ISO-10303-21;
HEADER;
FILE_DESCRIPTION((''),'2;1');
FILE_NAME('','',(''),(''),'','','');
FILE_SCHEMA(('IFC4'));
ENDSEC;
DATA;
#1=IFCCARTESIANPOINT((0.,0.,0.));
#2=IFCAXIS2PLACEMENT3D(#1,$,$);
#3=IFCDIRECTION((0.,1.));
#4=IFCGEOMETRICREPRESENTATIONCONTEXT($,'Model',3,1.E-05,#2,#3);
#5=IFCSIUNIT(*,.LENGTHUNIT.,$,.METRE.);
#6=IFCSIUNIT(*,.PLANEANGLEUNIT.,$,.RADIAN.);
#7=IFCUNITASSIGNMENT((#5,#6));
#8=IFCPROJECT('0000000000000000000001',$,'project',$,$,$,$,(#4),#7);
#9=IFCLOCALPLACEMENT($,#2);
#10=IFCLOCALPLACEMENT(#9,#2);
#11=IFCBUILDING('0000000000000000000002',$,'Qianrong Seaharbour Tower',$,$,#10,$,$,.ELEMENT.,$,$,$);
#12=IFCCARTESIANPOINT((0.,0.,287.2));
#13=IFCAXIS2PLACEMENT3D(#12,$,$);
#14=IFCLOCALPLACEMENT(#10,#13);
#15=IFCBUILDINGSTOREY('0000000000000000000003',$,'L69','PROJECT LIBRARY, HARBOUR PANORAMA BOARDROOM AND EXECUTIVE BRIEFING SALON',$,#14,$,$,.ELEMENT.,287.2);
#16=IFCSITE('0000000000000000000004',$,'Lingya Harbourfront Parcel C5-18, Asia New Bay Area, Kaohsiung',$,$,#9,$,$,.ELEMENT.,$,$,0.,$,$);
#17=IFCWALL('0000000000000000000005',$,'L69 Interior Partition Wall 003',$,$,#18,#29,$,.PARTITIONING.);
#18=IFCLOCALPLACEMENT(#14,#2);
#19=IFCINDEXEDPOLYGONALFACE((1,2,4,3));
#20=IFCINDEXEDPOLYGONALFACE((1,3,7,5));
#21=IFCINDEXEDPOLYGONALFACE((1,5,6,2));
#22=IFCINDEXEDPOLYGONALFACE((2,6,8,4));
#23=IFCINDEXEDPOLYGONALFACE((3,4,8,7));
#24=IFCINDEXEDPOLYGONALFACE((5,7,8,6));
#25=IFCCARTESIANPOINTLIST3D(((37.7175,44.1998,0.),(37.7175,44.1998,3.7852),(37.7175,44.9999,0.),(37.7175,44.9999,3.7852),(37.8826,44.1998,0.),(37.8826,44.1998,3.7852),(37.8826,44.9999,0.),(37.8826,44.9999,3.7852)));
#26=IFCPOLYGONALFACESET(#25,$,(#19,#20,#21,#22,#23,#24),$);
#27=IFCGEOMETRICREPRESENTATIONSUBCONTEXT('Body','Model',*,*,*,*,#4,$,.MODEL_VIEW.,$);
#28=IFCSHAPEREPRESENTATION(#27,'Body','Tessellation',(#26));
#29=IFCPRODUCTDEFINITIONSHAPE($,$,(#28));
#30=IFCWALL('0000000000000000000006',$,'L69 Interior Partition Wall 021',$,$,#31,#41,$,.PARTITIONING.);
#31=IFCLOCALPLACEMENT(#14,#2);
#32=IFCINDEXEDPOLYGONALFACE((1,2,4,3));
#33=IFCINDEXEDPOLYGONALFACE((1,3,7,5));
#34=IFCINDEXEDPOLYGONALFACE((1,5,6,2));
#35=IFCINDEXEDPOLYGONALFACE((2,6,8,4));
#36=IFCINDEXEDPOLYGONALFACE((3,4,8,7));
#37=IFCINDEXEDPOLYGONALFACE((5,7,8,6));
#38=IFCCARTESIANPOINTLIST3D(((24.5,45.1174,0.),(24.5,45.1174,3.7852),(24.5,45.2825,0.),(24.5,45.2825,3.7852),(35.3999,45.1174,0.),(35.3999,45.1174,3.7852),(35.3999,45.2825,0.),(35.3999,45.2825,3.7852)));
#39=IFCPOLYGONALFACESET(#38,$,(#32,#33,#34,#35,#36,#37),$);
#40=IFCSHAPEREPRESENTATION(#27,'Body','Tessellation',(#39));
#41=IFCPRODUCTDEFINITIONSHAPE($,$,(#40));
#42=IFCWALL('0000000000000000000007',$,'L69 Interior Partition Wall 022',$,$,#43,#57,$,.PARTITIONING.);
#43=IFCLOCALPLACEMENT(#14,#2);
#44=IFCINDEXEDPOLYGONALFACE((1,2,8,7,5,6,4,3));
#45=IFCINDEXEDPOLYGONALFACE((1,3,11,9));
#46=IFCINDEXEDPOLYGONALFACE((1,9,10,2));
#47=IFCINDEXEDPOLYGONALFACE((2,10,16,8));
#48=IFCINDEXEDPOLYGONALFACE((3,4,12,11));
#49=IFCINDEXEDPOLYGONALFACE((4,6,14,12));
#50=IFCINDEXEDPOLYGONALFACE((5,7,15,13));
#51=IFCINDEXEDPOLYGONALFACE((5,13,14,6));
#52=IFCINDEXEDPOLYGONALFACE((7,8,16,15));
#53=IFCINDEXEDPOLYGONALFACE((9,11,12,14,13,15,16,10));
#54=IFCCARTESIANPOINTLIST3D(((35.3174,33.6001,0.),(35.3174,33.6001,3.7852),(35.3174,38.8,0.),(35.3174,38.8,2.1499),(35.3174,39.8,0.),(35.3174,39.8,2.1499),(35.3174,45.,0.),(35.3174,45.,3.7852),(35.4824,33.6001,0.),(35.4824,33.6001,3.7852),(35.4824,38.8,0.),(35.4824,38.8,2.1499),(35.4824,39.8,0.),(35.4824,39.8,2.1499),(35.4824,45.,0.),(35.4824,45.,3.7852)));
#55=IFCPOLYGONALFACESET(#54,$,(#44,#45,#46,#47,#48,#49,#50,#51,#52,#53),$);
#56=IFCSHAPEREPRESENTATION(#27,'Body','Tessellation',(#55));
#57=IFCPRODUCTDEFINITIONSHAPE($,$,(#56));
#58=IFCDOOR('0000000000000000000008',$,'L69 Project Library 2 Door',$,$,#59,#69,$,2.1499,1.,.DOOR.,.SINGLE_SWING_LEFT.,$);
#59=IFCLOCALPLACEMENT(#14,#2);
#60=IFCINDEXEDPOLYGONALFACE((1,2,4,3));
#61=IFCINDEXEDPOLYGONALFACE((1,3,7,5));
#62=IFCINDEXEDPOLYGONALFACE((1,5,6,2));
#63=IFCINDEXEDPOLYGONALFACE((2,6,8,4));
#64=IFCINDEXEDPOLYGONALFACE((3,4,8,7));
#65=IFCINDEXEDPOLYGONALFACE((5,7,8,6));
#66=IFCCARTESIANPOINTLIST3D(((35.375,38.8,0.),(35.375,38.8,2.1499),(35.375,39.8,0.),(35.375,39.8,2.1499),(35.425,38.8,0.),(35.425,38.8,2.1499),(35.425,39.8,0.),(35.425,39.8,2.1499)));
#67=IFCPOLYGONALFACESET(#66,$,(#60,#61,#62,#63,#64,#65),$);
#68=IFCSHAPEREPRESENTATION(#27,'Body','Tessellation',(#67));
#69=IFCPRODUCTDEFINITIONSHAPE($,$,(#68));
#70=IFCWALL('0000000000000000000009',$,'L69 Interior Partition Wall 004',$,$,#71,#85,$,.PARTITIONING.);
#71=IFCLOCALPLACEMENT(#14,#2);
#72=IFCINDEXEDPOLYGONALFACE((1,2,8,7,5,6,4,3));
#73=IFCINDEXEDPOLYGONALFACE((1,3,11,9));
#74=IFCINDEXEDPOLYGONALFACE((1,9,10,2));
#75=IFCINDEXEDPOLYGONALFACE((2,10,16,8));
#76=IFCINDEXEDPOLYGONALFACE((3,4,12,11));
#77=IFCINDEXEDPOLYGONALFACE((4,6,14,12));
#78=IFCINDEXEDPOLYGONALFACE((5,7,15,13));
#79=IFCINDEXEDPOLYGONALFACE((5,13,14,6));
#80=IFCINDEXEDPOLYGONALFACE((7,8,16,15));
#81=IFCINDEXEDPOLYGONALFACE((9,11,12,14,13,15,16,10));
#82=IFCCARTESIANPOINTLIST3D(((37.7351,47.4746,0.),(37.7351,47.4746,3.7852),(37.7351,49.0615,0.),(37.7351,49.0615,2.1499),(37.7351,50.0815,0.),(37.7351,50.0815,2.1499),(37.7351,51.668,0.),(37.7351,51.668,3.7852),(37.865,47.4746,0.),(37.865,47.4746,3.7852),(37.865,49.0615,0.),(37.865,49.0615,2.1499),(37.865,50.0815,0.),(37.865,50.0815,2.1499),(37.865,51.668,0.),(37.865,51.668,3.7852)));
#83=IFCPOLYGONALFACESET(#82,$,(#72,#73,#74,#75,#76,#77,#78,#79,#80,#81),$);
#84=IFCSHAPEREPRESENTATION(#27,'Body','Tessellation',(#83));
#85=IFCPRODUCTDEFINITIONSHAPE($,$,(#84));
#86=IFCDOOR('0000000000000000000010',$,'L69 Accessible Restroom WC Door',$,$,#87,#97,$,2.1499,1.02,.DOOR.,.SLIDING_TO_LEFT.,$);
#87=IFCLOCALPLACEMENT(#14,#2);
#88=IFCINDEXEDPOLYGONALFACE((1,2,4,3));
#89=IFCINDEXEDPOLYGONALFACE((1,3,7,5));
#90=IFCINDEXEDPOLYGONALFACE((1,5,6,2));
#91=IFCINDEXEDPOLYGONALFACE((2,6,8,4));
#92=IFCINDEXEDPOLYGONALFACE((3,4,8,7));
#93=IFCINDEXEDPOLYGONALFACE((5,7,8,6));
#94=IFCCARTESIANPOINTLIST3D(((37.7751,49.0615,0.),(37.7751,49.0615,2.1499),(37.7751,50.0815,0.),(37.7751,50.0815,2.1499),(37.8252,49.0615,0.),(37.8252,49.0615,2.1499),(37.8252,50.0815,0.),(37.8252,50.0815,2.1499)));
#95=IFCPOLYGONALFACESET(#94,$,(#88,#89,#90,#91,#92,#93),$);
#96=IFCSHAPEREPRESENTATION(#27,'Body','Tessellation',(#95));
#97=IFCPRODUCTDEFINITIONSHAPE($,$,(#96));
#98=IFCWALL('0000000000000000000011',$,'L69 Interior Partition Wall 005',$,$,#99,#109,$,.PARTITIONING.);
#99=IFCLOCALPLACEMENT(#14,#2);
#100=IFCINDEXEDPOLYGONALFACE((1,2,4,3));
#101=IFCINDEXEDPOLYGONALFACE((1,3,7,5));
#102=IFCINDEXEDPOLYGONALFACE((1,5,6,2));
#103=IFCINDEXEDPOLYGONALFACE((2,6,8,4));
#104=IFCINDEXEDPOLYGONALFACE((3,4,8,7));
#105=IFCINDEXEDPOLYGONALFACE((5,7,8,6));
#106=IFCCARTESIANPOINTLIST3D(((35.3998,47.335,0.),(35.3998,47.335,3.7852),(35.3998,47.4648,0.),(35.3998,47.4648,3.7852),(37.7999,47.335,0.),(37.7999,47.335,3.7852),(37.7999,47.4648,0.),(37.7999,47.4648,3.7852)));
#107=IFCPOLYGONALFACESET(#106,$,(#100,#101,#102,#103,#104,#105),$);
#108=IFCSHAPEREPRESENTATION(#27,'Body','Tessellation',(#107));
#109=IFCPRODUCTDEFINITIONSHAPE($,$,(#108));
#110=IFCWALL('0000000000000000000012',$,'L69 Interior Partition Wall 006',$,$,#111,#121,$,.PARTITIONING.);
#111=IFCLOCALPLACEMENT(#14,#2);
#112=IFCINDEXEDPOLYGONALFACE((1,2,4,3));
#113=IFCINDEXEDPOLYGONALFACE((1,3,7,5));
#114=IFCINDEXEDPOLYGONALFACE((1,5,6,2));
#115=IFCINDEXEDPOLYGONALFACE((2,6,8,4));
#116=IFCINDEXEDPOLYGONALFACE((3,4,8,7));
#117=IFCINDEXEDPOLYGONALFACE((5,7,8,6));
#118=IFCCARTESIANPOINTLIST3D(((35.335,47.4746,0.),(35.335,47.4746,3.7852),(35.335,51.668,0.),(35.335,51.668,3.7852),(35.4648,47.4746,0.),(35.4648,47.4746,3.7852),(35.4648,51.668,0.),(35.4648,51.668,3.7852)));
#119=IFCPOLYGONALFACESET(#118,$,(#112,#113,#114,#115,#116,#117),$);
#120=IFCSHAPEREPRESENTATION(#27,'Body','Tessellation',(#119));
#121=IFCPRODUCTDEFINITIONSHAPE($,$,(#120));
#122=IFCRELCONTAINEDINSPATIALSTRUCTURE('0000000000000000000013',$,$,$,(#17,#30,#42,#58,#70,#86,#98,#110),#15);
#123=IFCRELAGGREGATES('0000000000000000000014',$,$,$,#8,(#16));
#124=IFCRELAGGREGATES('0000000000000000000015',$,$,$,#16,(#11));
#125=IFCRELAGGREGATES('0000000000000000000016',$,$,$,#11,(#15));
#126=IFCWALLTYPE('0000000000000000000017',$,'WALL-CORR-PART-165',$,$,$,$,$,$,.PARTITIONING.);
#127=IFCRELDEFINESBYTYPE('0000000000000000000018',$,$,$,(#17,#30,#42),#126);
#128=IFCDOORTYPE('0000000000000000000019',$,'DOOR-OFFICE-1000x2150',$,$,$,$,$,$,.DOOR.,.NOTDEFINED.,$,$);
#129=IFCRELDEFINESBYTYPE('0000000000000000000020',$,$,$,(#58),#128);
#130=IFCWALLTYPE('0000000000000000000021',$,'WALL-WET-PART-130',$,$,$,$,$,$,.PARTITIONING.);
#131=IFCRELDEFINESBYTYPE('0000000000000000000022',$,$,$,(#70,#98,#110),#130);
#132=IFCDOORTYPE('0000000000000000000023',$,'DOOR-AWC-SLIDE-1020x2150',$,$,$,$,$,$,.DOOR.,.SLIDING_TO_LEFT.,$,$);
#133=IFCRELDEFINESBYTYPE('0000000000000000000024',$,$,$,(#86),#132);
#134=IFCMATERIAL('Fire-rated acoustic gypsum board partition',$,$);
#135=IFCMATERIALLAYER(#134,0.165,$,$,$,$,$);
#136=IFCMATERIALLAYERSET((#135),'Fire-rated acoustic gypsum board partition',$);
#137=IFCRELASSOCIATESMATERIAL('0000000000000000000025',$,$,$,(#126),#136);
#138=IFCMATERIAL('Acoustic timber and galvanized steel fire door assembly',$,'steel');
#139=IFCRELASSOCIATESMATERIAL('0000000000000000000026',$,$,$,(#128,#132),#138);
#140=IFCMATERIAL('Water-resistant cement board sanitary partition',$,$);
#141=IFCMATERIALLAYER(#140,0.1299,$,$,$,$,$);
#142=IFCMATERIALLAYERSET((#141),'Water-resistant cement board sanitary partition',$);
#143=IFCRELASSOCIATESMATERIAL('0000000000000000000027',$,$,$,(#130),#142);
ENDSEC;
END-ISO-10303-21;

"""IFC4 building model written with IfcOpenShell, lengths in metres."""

from ifc_helpers import new_model, si_unit, direction, frame, frame_2d, origin, place, context, subcontext, project, spatial, rectangle, extrude, material, layer, layer_set, type_object, element, fill, save


model = new_model("IFC4")

# Units and contexts
model_context = context("Model", 3, precision=1e-05, world=origin(), true_north=direction((0.0, 1.0)))
body_context = subcontext(model_context, "Body", "Model", "MODEL_VIEW")
ifc_project = project(units=[si_unit("LENGTHUNIT", "METRE"), si_unit("PLANEANGLEUNIT", "RADIAN")], contexts=[model_context])

# Site, building, storey
site_placement = place(None, origin())
site = spatial("IfcSite", under=ifc_project, at=site_placement, Name="Lingya Harbourfront Parcel C5-18, Asia New Bay Area, Kaohsiung", CompositionType="ELEMENT", RefElevation=0.0)
building_placement = place(site_placement, origin())
building = spatial("IfcBuilding", under=site, at=building_placement, Name="Qianrong Seaharbour Tower", CompositionType="ELEMENT")
storey_placement = place(building_placement, frame((0.0, 0.0, 287.2)))
storey = spatial("IfcBuildingStorey", under=building, at=storey_placement, Name="L69", Description="PROJECT LIBRARY, HARBOUR PANORAMA BOARDROOM AND EXECUTIVE BRIEFING SALON", CompositionType="ELEMENT", Elevation=287.2)

# Shared definitions
ifc_material_1 = material(Name="Fire-rated acoustic gypsum board partition")
ifc_layer_1 = layer(ifc_material_1, 0.165)
ifc_layer_set_1 = layer_set([ifc_layer_1], Name="Fire-rated acoustic gypsum board partition")
wall_type_1 = type_object("IfcWallType", Name="WALL-CORR-PART-165", PredefinedType="PARTITIONING", material=ifc_layer_set_1)
ifc_material_2 = material(Name="Acoustic timber and galvanized steel fire door assembly", Category="steel")

# Walls
wall_1_placement = place(storey_placement, frame((37.8, 44.2, 0.0), z_axis=(0.0, 0.0, 1.0), x_axis=(0.0, 1.0, 0.0)))
element("IfcWall", 1, at=wall_1_placement, inside=storey, type_object=wall_type_1, Name="L69 Interior Partition Wall 003", PredefinedType="PARTITIONING", context=body_context, shape_type="SweptSolid", body=[
    extrude(rectangle(XDim=0.8, YDim=0.165, at=frame_2d((0.3999, 0.0))), origin(), (0.0, 0.0, 1.0), 3.7852),
])
wall_2_placement = place(storey_placement, frame((35.3999, 45.2, 0.0), z_axis=(0.0, 0.0, 1.0), x_axis=(-1.0, 0.0, 0.0)))
element("IfcWall", 2, at=wall_2_placement, inside=storey, type_object=wall_type_1, Name="L69 Interior Partition Wall 021", PredefinedType="PARTITIONING", context=body_context, shape_type="SweptSolid", body=[
    extrude(rectangle(XDim=10.8999, YDim=0.165, at=frame_2d((5.45, 0.0))), origin(), (0.0, 0.0, 1.0), 3.7852),
])

# Walls, openings, doors
wall_3_placement = place(storey_placement, frame((35.3999, 33.6001, 0.0), z_axis=(0.0, 0.0, 1.0), x_axis=(0.0, 1.0, 0.0)))
wall_3 = element("IfcWall", 3, at=wall_3_placement, inside=storey, type_object=wall_type_1, Name="L69 Interior Partition Wall 022", PredefinedType="PARTITIONING", context=body_context, shape_type="SweptSolid", body=[
    extrude(rectangle(XDim=11.3999, YDim=0.165, at=frame_2d((5.7, 0.0))), origin(), (0.0, 0.0, 1.0), 3.7852),
])
opening_1_placement = place(wall_3_placement, frame((5.2, 0.0, 0.0)))
opening_1 = element("IfcOpeningElement", 4, at=opening_1_placement, cuts=wall_3, PredefinedType="OPENING", context=body_context, shape_type="SweptSolid", body=[
    extrude(rectangle(XDim=1.0, YDim=2.1499, at=frame_2d((0.5, 1.075))), frame((0.0, 0.0925, 0.0), z_axis=(0.0, -1.0, 0.0), x_axis=(1.0, 0.0, 0.0)), (0.0, 0.0, 1.0), 0.1851),
])
door_type_1 = type_object("IfcDoorType", Name="DOOR-OFFICE-1000x2150", OperationType="NOTDEFINED", PredefinedType="DOOR", material=ifc_material_2)
door_1_placement = place(opening_1_placement, origin())
door_1 = element("IfcDoor", 5, at=door_1_placement, inside=storey, type_object=door_type_1, Name="L69 Project Library 2 Door", OperationType="SINGLE_SWING_LEFT", OverallHeight=2.1499, OverallWidth=1.0, PredefinedType="DOOR", context=body_context, shape_type="SweptSolid", body=[
    extrude(rectangle(XDim=1.0, YDim=2.1499, at=frame_2d((0.5, 1.075))), frame((0.0, 0.0249, 0.0), z_axis=(0.0, -1.0, 0.0), x_axis=(1.0, 0.0, 0.0)), (0.0, 0.0, 1.0), 0.05),
])
fill(opening_1, door_1)
ifc_material_3 = material(Name="Water-resistant cement board sanitary partition")
ifc_layer_2 = layer(ifc_material_3, 0.1299)
ifc_layer_set_2 = layer_set([ifc_layer_2], Name="Water-resistant cement board sanitary partition")
wall_type_2 = type_object("IfcWallType", Name="WALL-WET-PART-130", PredefinedType="PARTITIONING", material=ifc_layer_set_2)
wall_4_placement = place(storey_placement, frame((37.8, 47.4746, 0.0), z_axis=(0.0, 0.0, 1.0), x_axis=(0.0, 1.0, 0.0)))
wall_4 = element("IfcWall", 6, at=wall_4_placement, inside=storey, type_object=wall_type_2, Name="L69 Interior Partition Wall 004", PredefinedType="PARTITIONING", context=body_context, shape_type="SweptSolid", body=[
    extrude(rectangle(XDim=4.1934, YDim=0.1299, at=frame_2d((2.0967, 0.0))), origin(), (0.0, 0.0, 1.0), 3.7852),
])
opening_2_placement = place(wall_4_placement, frame((1.5869, 0.0, 0.0)))
opening_2 = element("IfcOpeningElement", 7, at=opening_2_placement, cuts=wall_4, PredefinedType="OPENING", context=body_context, shape_type="SweptSolid", body=[
    extrude(rectangle(XDim=1.02, YDim=2.1499, at=frame_2d((0.51, 1.075))), frame((0.0, 0.075, 0.0), z_axis=(0.0, -1.0, 0.0), x_axis=(1.0, 0.0, 0.0)), (0.0, 0.0, 1.0), 0.1499),
])
door_type_2 = type_object("IfcDoorType", Name="DOOR-AWC-SLIDE-1020x2150", OperationType="SLIDING_TO_LEFT", PredefinedType="DOOR", material=ifc_material_2)
door_2_placement = place(opening_2_placement, origin())
door_2 = element("IfcDoor", 8, at=door_2_placement, inside=storey, type_object=door_type_2, Name="L69 Accessible Restroom WC Door", OperationType="SLIDING_TO_LEFT", OverallHeight=2.1499, OverallWidth=1.02, PredefinedType="DOOR", context=body_context, shape_type="SweptSolid", body=[
    extrude(rectangle(XDim=1.02, YDim=2.1499, at=frame_2d((0.51, 1.075))), frame((0.0, 0.0249, 0.0), z_axis=(0.0, -1.0, 0.0), x_axis=(1.0, 0.0, 0.0)), (0.0, 0.0, 1.0), 0.05),
])
fill(opening_2, door_2)

# Walls
wall_5_placement = place(storey_placement, frame((37.8, 47.3999, 0.0), z_axis=(0.0, 0.0, 1.0), x_axis=(-1.0, 0.0, 0.0)))
element("IfcWall", 9, at=wall_5_placement, inside=storey, type_object=wall_type_2, Name="L69 Interior Partition Wall 005", PredefinedType="PARTITIONING", context=body_context, shape_type="SweptSolid", body=[
    extrude(rectangle(XDim=2.4001, YDim=0.1299, at=frame_2d((1.2002, 0.0))), origin(), (0.0, 0.0, 1.0), 3.7852),
])
wall_6_placement = place(storey_placement, frame((35.3999, 47.4746, 0.0), z_axis=(0.0, 0.0, 1.0), x_axis=(0.0, 1.0, 0.0)))
element("IfcWall", 10, at=wall_6_placement, inside=storey, type_object=wall_type_2, Name="L69 Interior Partition Wall 006", PredefinedType="PARTITIONING", context=body_context, shape_type="SweptSolid", body=[
    extrude(rectangle(XDim=4.1934, YDim=0.1299, at=frame_2d((2.0967, 0.0))), origin(), (0.0, 0.0, 1.0), 3.7852),
])

save(model, "model.ifc")
